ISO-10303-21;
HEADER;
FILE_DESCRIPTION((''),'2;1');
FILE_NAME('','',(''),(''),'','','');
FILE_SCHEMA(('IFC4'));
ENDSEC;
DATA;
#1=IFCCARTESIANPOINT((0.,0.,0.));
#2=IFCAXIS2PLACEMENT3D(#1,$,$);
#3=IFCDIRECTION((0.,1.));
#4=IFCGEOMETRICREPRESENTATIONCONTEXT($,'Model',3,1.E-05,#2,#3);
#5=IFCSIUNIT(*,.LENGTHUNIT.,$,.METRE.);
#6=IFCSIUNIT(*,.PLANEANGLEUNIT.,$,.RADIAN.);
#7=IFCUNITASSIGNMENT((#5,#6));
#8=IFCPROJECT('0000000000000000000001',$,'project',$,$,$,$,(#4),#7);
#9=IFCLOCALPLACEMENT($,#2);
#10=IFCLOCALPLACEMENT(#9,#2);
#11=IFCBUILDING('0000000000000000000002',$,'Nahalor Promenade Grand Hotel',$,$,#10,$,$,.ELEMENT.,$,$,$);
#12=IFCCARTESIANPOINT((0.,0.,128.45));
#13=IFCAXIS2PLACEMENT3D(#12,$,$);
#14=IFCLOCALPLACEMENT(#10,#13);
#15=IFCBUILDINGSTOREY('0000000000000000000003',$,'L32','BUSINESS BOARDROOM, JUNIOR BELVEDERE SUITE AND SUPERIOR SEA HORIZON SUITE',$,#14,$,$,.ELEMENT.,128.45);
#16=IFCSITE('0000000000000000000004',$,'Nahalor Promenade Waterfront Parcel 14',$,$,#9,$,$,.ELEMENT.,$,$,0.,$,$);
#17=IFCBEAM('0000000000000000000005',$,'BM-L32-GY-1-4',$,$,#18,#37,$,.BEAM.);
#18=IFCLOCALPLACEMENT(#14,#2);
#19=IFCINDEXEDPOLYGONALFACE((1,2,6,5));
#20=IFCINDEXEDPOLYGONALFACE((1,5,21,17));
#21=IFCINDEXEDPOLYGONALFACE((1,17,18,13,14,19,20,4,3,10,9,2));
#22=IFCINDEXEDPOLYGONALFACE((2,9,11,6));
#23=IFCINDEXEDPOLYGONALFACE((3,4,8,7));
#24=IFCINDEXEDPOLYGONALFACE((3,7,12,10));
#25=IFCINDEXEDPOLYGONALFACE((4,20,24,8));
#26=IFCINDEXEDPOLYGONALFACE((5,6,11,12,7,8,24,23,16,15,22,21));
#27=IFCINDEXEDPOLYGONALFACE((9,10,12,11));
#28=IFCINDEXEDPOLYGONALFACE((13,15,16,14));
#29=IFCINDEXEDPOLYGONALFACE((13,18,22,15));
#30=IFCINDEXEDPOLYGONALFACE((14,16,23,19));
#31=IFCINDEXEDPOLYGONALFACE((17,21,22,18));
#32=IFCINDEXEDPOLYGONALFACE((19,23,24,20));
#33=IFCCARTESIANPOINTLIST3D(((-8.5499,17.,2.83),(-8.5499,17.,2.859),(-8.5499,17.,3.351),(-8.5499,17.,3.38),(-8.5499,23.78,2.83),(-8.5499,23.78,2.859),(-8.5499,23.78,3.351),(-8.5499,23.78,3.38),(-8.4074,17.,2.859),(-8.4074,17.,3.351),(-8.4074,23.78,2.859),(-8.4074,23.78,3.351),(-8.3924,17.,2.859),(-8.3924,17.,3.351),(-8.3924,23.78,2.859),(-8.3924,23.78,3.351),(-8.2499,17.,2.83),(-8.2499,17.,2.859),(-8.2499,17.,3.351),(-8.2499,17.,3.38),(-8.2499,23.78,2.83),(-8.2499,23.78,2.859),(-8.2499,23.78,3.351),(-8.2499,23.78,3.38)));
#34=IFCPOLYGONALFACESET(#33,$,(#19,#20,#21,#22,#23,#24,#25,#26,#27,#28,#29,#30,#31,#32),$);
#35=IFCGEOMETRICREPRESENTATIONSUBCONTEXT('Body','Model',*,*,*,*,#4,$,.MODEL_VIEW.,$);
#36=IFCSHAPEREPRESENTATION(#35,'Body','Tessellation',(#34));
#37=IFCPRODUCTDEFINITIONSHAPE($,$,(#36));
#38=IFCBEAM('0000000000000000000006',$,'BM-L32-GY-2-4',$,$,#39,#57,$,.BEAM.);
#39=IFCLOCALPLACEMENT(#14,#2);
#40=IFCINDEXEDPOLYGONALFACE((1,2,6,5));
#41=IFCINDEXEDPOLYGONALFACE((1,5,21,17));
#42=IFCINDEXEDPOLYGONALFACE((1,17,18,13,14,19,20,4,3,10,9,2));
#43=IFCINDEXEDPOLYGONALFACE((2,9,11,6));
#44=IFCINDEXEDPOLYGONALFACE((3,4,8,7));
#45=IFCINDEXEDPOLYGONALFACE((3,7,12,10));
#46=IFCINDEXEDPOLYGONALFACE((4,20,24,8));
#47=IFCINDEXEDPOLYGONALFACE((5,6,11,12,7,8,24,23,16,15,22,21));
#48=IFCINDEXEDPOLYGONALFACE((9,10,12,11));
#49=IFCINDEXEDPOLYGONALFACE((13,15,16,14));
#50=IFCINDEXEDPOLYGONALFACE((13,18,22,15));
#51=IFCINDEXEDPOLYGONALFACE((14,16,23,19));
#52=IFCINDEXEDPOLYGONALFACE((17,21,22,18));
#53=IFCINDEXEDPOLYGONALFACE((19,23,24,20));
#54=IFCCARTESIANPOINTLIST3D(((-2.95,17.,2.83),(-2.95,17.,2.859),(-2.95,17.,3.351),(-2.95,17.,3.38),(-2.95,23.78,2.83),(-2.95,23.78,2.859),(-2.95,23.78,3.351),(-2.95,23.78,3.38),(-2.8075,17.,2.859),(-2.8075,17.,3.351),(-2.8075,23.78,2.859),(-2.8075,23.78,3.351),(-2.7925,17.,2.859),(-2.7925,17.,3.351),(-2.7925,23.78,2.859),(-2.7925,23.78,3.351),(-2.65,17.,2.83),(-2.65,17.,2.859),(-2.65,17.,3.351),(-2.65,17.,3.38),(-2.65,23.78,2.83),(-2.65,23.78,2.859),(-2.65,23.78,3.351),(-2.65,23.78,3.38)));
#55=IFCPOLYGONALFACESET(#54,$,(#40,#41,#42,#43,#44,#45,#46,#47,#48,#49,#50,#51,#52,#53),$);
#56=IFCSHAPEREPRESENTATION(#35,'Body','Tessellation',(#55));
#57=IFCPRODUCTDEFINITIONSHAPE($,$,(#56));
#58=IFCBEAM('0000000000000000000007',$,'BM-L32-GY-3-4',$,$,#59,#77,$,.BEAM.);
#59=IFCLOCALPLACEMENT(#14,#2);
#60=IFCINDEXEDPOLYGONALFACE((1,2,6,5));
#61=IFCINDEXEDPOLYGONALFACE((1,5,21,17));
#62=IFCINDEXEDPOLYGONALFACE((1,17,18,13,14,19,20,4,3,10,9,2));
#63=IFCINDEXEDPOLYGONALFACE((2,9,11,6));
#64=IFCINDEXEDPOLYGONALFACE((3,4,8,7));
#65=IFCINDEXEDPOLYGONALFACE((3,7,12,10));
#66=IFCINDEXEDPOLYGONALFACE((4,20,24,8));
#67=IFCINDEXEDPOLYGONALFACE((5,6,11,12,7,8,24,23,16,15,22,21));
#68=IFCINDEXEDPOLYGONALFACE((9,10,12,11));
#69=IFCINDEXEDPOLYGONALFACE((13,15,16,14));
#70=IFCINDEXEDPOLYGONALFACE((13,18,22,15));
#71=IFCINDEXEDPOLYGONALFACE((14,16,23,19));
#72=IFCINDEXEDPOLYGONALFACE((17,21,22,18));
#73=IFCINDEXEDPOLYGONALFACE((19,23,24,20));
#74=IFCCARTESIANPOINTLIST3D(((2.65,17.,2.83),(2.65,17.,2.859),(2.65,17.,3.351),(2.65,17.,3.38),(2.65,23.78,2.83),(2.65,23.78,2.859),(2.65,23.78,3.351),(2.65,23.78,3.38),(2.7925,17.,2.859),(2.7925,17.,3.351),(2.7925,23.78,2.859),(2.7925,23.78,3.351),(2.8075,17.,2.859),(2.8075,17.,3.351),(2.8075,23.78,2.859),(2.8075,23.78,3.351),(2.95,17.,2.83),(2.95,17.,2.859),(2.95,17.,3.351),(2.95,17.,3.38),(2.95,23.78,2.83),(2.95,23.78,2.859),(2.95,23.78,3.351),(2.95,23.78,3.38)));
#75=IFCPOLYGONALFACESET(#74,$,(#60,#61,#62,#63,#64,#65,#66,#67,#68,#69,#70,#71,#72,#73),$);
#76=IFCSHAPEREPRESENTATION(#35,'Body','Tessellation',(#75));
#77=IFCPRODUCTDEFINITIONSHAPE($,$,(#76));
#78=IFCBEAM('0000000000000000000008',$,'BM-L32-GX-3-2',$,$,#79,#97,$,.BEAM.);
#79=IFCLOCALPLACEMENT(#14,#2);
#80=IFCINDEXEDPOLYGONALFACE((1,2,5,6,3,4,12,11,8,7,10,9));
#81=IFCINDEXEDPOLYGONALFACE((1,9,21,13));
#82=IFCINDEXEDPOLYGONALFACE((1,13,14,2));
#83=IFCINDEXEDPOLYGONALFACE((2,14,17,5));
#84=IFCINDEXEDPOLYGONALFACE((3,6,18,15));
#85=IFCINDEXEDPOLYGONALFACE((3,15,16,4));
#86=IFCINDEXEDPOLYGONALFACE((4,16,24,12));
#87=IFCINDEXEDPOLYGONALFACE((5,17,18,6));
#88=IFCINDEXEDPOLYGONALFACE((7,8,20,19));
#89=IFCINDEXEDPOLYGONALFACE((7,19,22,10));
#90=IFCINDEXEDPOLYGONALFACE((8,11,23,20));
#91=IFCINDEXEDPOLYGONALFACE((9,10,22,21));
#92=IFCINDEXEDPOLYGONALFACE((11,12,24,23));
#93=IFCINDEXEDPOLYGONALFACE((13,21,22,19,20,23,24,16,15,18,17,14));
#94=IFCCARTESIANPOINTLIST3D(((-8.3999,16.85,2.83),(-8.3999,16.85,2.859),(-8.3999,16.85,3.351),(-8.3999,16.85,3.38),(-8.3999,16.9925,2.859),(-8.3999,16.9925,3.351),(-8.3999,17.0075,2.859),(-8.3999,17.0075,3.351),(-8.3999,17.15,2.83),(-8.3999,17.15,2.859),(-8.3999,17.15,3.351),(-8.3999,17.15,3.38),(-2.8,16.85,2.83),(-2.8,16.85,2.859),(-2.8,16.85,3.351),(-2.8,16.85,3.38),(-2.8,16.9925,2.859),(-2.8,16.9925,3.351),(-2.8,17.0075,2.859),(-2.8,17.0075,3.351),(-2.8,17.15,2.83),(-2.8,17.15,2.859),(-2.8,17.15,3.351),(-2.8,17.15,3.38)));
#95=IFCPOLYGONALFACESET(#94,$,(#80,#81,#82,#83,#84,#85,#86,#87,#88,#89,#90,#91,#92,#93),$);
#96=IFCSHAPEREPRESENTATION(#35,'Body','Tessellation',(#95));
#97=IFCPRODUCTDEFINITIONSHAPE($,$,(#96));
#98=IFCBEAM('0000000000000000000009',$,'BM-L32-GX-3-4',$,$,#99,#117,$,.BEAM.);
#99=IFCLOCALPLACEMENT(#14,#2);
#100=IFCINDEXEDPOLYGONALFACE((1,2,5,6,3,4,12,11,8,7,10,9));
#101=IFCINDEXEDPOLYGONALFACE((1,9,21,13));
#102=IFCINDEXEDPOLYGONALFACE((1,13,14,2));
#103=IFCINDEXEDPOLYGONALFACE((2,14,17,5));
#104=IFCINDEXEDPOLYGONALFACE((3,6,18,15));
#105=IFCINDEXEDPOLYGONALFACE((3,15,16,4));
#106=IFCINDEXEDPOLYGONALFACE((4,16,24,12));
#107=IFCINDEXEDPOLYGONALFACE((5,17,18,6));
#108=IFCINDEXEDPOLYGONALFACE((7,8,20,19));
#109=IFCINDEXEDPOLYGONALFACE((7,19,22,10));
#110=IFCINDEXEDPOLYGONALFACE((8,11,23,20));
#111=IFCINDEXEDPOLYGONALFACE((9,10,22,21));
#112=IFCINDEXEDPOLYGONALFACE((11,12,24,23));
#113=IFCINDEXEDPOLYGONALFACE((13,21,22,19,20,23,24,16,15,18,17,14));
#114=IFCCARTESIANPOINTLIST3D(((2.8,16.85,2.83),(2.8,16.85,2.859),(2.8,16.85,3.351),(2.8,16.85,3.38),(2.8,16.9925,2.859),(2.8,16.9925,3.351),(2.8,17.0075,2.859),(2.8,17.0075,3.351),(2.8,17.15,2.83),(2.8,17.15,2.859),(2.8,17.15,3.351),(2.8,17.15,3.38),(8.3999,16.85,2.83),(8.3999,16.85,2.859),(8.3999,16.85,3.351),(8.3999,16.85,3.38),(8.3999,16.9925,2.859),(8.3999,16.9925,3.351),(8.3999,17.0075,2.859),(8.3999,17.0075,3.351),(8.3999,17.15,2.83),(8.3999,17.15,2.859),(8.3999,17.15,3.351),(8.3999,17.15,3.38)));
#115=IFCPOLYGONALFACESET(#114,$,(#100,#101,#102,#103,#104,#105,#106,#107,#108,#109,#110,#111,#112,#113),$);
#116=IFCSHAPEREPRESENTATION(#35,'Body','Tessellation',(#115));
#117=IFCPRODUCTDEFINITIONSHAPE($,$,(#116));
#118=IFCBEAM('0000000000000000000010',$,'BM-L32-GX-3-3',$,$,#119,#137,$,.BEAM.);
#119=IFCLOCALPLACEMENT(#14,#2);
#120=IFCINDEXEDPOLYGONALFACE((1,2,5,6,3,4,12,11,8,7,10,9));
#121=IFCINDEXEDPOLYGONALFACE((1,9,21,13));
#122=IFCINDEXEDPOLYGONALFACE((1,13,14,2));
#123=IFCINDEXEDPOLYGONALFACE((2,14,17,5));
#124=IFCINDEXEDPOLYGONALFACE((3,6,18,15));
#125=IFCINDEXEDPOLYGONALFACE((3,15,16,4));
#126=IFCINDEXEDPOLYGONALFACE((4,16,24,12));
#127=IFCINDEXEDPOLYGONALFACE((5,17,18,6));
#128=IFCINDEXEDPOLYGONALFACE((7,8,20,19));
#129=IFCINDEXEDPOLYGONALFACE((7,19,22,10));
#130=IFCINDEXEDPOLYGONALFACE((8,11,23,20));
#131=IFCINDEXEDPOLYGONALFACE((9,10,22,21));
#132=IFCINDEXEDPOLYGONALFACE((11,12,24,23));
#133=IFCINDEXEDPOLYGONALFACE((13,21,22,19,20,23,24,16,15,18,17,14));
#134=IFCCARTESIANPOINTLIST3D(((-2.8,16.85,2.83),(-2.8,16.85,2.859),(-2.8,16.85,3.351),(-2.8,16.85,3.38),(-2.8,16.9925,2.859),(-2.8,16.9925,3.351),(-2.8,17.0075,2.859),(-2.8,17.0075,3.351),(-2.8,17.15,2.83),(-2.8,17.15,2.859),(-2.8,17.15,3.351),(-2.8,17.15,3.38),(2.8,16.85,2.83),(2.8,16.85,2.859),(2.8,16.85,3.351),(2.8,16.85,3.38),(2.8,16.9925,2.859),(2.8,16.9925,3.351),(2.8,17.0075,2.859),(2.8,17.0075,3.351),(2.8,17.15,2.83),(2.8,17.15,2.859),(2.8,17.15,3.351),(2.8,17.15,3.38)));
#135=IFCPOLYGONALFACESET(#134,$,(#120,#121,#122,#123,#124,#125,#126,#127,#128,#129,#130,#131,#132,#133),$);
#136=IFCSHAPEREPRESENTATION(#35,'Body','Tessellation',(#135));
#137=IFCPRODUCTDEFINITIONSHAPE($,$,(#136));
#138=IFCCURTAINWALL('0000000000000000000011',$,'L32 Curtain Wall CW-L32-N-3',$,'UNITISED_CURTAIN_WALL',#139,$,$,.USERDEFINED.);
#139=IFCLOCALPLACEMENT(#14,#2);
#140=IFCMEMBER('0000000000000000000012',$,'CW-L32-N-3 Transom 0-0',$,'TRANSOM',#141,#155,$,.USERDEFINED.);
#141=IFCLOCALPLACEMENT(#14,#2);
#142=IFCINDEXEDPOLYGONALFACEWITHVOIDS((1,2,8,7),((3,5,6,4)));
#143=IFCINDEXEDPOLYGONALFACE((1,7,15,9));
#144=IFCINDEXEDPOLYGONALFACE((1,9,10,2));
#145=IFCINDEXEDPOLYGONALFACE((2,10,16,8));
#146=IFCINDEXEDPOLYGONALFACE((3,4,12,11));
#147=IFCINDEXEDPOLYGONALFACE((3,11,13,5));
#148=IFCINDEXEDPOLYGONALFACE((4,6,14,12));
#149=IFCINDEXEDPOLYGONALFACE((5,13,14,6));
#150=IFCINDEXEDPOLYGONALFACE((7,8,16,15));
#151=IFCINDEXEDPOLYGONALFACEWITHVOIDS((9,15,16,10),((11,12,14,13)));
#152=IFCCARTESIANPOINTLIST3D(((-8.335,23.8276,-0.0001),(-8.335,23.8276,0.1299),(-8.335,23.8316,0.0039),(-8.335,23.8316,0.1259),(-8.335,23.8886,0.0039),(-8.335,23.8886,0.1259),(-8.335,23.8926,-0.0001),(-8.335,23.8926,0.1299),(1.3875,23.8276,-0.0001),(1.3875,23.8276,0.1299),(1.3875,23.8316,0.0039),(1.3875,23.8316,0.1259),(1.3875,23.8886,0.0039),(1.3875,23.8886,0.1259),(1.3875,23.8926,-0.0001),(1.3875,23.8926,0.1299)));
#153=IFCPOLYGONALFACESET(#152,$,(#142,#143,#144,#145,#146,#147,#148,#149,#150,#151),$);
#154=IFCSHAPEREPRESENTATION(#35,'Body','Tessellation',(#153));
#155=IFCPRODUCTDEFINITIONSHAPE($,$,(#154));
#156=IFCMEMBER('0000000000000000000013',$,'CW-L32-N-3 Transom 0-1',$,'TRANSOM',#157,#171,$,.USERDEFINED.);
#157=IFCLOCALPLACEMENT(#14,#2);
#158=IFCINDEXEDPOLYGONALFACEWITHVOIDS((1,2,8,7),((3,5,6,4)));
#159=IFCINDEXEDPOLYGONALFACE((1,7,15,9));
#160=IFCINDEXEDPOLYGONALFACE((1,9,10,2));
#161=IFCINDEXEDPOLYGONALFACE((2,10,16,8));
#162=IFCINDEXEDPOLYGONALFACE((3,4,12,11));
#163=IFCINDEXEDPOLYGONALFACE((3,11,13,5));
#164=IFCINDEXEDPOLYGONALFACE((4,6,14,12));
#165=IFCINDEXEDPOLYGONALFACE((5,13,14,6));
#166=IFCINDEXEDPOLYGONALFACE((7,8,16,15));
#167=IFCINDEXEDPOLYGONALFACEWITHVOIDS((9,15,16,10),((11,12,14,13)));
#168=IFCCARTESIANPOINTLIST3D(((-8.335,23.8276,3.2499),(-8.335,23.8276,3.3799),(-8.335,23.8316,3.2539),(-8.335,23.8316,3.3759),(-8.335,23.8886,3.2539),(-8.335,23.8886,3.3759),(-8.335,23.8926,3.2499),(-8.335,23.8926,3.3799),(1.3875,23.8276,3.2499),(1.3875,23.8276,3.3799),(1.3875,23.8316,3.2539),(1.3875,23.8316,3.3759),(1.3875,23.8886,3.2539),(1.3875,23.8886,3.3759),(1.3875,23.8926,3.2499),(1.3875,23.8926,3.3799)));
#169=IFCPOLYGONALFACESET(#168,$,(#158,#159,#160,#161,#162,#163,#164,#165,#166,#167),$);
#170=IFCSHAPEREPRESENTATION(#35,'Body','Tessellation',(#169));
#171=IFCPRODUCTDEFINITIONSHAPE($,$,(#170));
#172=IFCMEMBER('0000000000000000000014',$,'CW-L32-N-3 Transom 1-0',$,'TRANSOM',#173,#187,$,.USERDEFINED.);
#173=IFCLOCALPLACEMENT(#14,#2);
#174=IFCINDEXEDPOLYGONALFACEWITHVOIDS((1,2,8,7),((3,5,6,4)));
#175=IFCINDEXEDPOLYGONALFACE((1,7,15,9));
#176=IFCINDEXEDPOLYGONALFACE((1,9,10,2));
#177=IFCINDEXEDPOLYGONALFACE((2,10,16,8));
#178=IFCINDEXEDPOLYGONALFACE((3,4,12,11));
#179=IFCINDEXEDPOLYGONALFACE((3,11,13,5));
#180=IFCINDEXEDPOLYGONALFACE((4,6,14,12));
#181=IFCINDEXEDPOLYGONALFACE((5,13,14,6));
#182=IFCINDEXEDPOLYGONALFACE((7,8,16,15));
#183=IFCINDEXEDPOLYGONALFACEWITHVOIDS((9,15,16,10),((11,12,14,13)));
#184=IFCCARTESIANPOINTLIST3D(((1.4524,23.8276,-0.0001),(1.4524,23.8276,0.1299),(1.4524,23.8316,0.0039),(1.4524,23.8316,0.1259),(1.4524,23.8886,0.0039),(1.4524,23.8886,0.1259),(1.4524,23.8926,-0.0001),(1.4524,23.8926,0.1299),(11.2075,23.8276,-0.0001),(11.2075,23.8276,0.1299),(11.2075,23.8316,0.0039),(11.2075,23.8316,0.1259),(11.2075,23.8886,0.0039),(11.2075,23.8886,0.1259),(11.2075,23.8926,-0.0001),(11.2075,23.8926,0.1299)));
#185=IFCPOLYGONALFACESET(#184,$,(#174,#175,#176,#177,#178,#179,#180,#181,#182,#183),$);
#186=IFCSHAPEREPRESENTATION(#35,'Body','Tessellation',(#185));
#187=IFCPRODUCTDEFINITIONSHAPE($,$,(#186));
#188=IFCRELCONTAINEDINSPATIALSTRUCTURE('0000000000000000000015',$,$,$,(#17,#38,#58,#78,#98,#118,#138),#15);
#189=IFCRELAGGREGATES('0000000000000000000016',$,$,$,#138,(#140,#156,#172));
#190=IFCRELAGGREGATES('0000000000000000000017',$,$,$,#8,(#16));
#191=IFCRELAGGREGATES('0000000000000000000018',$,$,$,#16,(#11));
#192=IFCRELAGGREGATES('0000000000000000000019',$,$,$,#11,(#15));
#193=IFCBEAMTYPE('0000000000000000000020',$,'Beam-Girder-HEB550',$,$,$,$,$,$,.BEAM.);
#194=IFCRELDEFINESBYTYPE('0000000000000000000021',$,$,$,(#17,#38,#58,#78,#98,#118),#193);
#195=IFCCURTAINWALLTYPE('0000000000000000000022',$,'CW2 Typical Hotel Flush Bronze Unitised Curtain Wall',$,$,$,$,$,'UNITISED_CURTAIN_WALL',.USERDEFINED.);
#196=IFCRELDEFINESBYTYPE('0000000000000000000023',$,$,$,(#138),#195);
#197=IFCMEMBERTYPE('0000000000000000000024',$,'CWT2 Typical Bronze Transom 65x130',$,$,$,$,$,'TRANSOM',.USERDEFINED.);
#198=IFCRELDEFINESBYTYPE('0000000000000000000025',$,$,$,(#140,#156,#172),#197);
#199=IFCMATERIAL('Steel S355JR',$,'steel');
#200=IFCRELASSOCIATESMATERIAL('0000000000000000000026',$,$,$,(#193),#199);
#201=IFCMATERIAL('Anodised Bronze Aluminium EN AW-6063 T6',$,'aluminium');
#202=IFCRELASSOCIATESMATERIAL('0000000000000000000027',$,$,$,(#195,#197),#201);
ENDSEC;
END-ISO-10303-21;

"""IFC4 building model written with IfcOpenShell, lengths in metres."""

from ifc_helpers import new_model, si_unit, direction, frame, origin, origin_2d, place, context, subcontext, project, spatial, hollow_rectangle, i_section, extrude, source, transform, mapped, material, material_profile, profile_set, type_object, element, aggregate, save


model = new_model("IFC4")

# Units and contexts
model_context = context("Model", 3, precision=1e-05, world=origin(), true_north=direction((0.0, 1.0)))
body_context = subcontext(model_context, "Body", "Model", "MODEL_VIEW")
ifc_project = project(units=[si_unit("LENGTHUNIT", "METRE"), si_unit("PLANEANGLEUNIT", "RADIAN")], contexts=[model_context])

# Site, building, storey
site_placement = place(None, origin())
site = spatial("IfcSite", under=ifc_project, at=site_placement, Name="Nahalor Promenade Waterfront Parcel 14", CompositionType="ELEMENT", RefElevation=0.0)
building_placement = place(site_placement, origin())
building = spatial("IfcBuilding", under=site, at=building_placement, Name="Nahalor Promenade Grand Hotel", CompositionType="ELEMENT")
storey_placement = place(building_placement, frame((0.0, 0.0, 128.45)))
storey = spatial("IfcBuildingStorey", under=building, at=storey_placement, Name="L32", Description="BUSINESS BOARDROOM, JUNIOR BELVEDERE SUITE AND SUPERIOR SEA HORIZON SUITE", CompositionType="ELEMENT", Elevation=128.45)

# Beams
ifc_material_1 = material(Name="Steel S355JR", Category="steel")
ifc_material_profile_1 = material_profile(ifc_material_1, i_section(OverallWidth=0.3, OverallDepth=0.55, WebThickness=0.015, FlangeThickness=0.029, at=origin_2d()), Name="HEB 550")
ifc_profile_set_1 = profile_set([ifc_material_profile_1], Name="Steel S355JR")
beam_type_1 = type_object("IfcBeamType", Name="Beam-Girder-HEB550", PredefinedType="BEAM", material=ifc_profile_set_1)
shared_shape_1 = source(origin(), body_context, "Body", "SweptSolid", [
    extrude(i_section(OverallWidth=0.3, OverallDepth=0.55, WebThickness=0.015, FlangeThickness=0.029, at=origin_2d()), origin(), (0.0, 0.0, 1.0), 6.78),
])
for number, where, z_axis, x_axis, name in (
    (1, (-8.3999, 17.0, 3.105), (0.0, 1.0, 0.0), (-1.0, 0.0, 0.0), "BM-L32-GY-1-4"),
    (2, (-2.8, 17.0, 3.105), (0.0, 1.0, 0.0), (-1.0, 0.0, 0.0), "BM-L32-GY-2-4"),
    (3, (2.8, 17.0, 3.105), (0.0, 1.0, 0.0), (-1.0, 0.0, 0.0), "BM-L32-GY-3-4"),
):
    element("IfcBeam", number, at=place(storey_placement, frame(where, z_axis=z_axis, x_axis=x_axis)), inside=storey, type_object=beam_type_1, Name=name, PredefinedType="BEAM", context=body_context, shape_type="MappedRepresentation", body=[
        mapped(shared_shape_1, transform((0.0, 0.0, 0.0), scale=1.0)),
    ])
shared_shape_2 = source(origin(), body_context, "Body", "SweptSolid", [
    extrude(i_section(OverallWidth=0.3, OverallDepth=0.55, WebThickness=0.015, FlangeThickness=0.029, at=origin_2d()), origin(), (0.0, 0.0, 1.0), 5.5999),
])
for number, where, z_axis, x_axis, name in (
    (4, (-8.3999, 17.0, 3.105), (1.0, 0.0, 0.0), (0.0, 1.0, 0.0), "BM-L32-GX-3-2"),
    (5, (2.8, 17.0, 3.105), (1.0, 0.0, 0.0), (0.0, 1.0, 0.0), "BM-L32-GX-3-4"),
):
    element("IfcBeam", number, at=place(storey_placement, frame(where, z_axis=z_axis, x_axis=x_axis)), inside=storey, type_object=beam_type_1, Name=name, PredefinedType="BEAM", context=body_context, shape_type="MappedRepresentation", body=[
        mapped(shared_shape_2, transform((0.0, 0.0, 0.0), scale=1.0)),
    ])
shared_shape_3 = source(origin(), body_context, "Body", "SweptSolid", [
    extrude(i_section(OverallWidth=0.3, OverallDepth=0.55, WebThickness=0.015, FlangeThickness=0.029, at=origin_2d()), origin(), (0.0, 0.0, 1.0), 5.6001),
])
beam_1_placement = place(storey_placement, frame((-2.8, 17.0, 3.105), z_axis=(1.0, 0.0, 0.0), x_axis=(0.0, 1.0, 0.0)))
element("IfcBeam", 6, at=beam_1_placement, inside=storey, type_object=beam_type_1, Name="BM-L32-GX-3-3", PredefinedType="BEAM", context=body_context, shape_type="MappedRepresentation", body=[
    mapped(shared_shape_3, transform((0.0, 0.0, 0.0), scale=1.0)),
])

# Curtain wall, members
ifc_material_2 = material(Name="Anodised Bronze Aluminium EN AW-6063 T6", Category="aluminium")
curtain_wall_type = type_object("IfcCurtainWallType", Name="CW2 Typical Hotel Flush Bronze Unitised Curtain Wall", ElementType="UNITISED_CURTAIN_WALL", PredefinedType="USERDEFINED", material=ifc_material_2)
curtain_wall_placement = place(storey_placement, origin())
curtain_wall = element("IfcCurtainWall", 7, at=curtain_wall_placement, inside=storey, type_object=curtain_wall_type, Name="L32 Curtain Wall CW-L32-N-3", ObjectType="UNITISED_CURTAIN_WALL", PredefinedType="USERDEFINED")
ifc_material_profile_2 = material_profile(ifc_material_2, hollow_rectangle(XDim=0.065, YDim=0.13, WallThickness=0.004, at=origin_2d()), Name="CWT 65x130x4")
ifc_profile_set_2 = profile_set([ifc_material_profile_2], Name="Anodised Bronze Aluminium EN AW-6063 T6")
member_type_1 = type_object("IfcMemberType", Name="CWT2 Typical Bronze Transom 65x130", ElementType="TRANSOM", PredefinedType="USERDEFINED", material=ifc_profile_set_2)
shared_shape_4 = source(origin(), body_context, "Body", "SweptSolid", [
    extrude(hollow_rectangle(XDim=0.065, YDim=0.13, WallThickness=0.004, at=origin_2d()), origin(), (0.0, 0.0, 1.0), 9.7224),
])
member_1_placement = place(storey_placement, frame((-8.335, 23.8601, 0.0649), z_axis=(1.0, 0.0, 0.0), x_axis=(0.0, 1.0, 0.0)))
member_1 = element("IfcMember", 8, at=member_1_placement, type_object=member_type_1, Name="CW-L32-N-3 Transom 0-0", ObjectType="TRANSOM", PredefinedType="USERDEFINED", context=body_context, shape_type="MappedRepresentation", body=[
    mapped(shared_shape_4, transform((0.0, 0.0, 0.0), scale=1.0)),
])
member_2_placement = place(storey_placement, frame((-8.335, 23.8601, 3.3149), z_axis=(1.0, 0.0, 0.0), x_axis=(0.0, 1.0, 0.0)))
member_2 = element("IfcMember", 9, at=member_2_placement, type_object=member_type_1, Name="CW-L32-N-3 Transom 0-1", ObjectType="TRANSOM", PredefinedType="USERDEFINED", context=body_context, shape_type="MappedRepresentation", body=[
    mapped(shared_shape_4, transform((0.0, 0.0, 0.0), scale=1.0)),
])
shared_shape_5 = source(origin(), body_context, "Body", "SweptSolid", [
    extrude(hollow_rectangle(XDim=0.065, YDim=0.13, WallThickness=0.004, at=origin_2d()), origin(), (0.0, 0.0, 1.0), 9.7551),
])
member_3_placement = place(storey_placement, frame((1.4524, 23.8601, 0.0649), z_axis=(1.0, 0.0, 0.0), x_axis=(0.0, 1.0, 0.0)))
member_3 = element("IfcMember", 10, at=member_3_placement, type_object=member_type_1, Name="CW-L32-N-3 Transom 1-0", ObjectType="TRANSOM", PredefinedType="USERDEFINED", context=body_context, shape_type="MappedRepresentation", body=[
    mapped(shared_shape_5, transform((0.0, 0.0, 0.0), scale=1.0)),
])
aggregate(curtain_wall, [member_1, member_2, member_3])

save(model, "model.ifc")
